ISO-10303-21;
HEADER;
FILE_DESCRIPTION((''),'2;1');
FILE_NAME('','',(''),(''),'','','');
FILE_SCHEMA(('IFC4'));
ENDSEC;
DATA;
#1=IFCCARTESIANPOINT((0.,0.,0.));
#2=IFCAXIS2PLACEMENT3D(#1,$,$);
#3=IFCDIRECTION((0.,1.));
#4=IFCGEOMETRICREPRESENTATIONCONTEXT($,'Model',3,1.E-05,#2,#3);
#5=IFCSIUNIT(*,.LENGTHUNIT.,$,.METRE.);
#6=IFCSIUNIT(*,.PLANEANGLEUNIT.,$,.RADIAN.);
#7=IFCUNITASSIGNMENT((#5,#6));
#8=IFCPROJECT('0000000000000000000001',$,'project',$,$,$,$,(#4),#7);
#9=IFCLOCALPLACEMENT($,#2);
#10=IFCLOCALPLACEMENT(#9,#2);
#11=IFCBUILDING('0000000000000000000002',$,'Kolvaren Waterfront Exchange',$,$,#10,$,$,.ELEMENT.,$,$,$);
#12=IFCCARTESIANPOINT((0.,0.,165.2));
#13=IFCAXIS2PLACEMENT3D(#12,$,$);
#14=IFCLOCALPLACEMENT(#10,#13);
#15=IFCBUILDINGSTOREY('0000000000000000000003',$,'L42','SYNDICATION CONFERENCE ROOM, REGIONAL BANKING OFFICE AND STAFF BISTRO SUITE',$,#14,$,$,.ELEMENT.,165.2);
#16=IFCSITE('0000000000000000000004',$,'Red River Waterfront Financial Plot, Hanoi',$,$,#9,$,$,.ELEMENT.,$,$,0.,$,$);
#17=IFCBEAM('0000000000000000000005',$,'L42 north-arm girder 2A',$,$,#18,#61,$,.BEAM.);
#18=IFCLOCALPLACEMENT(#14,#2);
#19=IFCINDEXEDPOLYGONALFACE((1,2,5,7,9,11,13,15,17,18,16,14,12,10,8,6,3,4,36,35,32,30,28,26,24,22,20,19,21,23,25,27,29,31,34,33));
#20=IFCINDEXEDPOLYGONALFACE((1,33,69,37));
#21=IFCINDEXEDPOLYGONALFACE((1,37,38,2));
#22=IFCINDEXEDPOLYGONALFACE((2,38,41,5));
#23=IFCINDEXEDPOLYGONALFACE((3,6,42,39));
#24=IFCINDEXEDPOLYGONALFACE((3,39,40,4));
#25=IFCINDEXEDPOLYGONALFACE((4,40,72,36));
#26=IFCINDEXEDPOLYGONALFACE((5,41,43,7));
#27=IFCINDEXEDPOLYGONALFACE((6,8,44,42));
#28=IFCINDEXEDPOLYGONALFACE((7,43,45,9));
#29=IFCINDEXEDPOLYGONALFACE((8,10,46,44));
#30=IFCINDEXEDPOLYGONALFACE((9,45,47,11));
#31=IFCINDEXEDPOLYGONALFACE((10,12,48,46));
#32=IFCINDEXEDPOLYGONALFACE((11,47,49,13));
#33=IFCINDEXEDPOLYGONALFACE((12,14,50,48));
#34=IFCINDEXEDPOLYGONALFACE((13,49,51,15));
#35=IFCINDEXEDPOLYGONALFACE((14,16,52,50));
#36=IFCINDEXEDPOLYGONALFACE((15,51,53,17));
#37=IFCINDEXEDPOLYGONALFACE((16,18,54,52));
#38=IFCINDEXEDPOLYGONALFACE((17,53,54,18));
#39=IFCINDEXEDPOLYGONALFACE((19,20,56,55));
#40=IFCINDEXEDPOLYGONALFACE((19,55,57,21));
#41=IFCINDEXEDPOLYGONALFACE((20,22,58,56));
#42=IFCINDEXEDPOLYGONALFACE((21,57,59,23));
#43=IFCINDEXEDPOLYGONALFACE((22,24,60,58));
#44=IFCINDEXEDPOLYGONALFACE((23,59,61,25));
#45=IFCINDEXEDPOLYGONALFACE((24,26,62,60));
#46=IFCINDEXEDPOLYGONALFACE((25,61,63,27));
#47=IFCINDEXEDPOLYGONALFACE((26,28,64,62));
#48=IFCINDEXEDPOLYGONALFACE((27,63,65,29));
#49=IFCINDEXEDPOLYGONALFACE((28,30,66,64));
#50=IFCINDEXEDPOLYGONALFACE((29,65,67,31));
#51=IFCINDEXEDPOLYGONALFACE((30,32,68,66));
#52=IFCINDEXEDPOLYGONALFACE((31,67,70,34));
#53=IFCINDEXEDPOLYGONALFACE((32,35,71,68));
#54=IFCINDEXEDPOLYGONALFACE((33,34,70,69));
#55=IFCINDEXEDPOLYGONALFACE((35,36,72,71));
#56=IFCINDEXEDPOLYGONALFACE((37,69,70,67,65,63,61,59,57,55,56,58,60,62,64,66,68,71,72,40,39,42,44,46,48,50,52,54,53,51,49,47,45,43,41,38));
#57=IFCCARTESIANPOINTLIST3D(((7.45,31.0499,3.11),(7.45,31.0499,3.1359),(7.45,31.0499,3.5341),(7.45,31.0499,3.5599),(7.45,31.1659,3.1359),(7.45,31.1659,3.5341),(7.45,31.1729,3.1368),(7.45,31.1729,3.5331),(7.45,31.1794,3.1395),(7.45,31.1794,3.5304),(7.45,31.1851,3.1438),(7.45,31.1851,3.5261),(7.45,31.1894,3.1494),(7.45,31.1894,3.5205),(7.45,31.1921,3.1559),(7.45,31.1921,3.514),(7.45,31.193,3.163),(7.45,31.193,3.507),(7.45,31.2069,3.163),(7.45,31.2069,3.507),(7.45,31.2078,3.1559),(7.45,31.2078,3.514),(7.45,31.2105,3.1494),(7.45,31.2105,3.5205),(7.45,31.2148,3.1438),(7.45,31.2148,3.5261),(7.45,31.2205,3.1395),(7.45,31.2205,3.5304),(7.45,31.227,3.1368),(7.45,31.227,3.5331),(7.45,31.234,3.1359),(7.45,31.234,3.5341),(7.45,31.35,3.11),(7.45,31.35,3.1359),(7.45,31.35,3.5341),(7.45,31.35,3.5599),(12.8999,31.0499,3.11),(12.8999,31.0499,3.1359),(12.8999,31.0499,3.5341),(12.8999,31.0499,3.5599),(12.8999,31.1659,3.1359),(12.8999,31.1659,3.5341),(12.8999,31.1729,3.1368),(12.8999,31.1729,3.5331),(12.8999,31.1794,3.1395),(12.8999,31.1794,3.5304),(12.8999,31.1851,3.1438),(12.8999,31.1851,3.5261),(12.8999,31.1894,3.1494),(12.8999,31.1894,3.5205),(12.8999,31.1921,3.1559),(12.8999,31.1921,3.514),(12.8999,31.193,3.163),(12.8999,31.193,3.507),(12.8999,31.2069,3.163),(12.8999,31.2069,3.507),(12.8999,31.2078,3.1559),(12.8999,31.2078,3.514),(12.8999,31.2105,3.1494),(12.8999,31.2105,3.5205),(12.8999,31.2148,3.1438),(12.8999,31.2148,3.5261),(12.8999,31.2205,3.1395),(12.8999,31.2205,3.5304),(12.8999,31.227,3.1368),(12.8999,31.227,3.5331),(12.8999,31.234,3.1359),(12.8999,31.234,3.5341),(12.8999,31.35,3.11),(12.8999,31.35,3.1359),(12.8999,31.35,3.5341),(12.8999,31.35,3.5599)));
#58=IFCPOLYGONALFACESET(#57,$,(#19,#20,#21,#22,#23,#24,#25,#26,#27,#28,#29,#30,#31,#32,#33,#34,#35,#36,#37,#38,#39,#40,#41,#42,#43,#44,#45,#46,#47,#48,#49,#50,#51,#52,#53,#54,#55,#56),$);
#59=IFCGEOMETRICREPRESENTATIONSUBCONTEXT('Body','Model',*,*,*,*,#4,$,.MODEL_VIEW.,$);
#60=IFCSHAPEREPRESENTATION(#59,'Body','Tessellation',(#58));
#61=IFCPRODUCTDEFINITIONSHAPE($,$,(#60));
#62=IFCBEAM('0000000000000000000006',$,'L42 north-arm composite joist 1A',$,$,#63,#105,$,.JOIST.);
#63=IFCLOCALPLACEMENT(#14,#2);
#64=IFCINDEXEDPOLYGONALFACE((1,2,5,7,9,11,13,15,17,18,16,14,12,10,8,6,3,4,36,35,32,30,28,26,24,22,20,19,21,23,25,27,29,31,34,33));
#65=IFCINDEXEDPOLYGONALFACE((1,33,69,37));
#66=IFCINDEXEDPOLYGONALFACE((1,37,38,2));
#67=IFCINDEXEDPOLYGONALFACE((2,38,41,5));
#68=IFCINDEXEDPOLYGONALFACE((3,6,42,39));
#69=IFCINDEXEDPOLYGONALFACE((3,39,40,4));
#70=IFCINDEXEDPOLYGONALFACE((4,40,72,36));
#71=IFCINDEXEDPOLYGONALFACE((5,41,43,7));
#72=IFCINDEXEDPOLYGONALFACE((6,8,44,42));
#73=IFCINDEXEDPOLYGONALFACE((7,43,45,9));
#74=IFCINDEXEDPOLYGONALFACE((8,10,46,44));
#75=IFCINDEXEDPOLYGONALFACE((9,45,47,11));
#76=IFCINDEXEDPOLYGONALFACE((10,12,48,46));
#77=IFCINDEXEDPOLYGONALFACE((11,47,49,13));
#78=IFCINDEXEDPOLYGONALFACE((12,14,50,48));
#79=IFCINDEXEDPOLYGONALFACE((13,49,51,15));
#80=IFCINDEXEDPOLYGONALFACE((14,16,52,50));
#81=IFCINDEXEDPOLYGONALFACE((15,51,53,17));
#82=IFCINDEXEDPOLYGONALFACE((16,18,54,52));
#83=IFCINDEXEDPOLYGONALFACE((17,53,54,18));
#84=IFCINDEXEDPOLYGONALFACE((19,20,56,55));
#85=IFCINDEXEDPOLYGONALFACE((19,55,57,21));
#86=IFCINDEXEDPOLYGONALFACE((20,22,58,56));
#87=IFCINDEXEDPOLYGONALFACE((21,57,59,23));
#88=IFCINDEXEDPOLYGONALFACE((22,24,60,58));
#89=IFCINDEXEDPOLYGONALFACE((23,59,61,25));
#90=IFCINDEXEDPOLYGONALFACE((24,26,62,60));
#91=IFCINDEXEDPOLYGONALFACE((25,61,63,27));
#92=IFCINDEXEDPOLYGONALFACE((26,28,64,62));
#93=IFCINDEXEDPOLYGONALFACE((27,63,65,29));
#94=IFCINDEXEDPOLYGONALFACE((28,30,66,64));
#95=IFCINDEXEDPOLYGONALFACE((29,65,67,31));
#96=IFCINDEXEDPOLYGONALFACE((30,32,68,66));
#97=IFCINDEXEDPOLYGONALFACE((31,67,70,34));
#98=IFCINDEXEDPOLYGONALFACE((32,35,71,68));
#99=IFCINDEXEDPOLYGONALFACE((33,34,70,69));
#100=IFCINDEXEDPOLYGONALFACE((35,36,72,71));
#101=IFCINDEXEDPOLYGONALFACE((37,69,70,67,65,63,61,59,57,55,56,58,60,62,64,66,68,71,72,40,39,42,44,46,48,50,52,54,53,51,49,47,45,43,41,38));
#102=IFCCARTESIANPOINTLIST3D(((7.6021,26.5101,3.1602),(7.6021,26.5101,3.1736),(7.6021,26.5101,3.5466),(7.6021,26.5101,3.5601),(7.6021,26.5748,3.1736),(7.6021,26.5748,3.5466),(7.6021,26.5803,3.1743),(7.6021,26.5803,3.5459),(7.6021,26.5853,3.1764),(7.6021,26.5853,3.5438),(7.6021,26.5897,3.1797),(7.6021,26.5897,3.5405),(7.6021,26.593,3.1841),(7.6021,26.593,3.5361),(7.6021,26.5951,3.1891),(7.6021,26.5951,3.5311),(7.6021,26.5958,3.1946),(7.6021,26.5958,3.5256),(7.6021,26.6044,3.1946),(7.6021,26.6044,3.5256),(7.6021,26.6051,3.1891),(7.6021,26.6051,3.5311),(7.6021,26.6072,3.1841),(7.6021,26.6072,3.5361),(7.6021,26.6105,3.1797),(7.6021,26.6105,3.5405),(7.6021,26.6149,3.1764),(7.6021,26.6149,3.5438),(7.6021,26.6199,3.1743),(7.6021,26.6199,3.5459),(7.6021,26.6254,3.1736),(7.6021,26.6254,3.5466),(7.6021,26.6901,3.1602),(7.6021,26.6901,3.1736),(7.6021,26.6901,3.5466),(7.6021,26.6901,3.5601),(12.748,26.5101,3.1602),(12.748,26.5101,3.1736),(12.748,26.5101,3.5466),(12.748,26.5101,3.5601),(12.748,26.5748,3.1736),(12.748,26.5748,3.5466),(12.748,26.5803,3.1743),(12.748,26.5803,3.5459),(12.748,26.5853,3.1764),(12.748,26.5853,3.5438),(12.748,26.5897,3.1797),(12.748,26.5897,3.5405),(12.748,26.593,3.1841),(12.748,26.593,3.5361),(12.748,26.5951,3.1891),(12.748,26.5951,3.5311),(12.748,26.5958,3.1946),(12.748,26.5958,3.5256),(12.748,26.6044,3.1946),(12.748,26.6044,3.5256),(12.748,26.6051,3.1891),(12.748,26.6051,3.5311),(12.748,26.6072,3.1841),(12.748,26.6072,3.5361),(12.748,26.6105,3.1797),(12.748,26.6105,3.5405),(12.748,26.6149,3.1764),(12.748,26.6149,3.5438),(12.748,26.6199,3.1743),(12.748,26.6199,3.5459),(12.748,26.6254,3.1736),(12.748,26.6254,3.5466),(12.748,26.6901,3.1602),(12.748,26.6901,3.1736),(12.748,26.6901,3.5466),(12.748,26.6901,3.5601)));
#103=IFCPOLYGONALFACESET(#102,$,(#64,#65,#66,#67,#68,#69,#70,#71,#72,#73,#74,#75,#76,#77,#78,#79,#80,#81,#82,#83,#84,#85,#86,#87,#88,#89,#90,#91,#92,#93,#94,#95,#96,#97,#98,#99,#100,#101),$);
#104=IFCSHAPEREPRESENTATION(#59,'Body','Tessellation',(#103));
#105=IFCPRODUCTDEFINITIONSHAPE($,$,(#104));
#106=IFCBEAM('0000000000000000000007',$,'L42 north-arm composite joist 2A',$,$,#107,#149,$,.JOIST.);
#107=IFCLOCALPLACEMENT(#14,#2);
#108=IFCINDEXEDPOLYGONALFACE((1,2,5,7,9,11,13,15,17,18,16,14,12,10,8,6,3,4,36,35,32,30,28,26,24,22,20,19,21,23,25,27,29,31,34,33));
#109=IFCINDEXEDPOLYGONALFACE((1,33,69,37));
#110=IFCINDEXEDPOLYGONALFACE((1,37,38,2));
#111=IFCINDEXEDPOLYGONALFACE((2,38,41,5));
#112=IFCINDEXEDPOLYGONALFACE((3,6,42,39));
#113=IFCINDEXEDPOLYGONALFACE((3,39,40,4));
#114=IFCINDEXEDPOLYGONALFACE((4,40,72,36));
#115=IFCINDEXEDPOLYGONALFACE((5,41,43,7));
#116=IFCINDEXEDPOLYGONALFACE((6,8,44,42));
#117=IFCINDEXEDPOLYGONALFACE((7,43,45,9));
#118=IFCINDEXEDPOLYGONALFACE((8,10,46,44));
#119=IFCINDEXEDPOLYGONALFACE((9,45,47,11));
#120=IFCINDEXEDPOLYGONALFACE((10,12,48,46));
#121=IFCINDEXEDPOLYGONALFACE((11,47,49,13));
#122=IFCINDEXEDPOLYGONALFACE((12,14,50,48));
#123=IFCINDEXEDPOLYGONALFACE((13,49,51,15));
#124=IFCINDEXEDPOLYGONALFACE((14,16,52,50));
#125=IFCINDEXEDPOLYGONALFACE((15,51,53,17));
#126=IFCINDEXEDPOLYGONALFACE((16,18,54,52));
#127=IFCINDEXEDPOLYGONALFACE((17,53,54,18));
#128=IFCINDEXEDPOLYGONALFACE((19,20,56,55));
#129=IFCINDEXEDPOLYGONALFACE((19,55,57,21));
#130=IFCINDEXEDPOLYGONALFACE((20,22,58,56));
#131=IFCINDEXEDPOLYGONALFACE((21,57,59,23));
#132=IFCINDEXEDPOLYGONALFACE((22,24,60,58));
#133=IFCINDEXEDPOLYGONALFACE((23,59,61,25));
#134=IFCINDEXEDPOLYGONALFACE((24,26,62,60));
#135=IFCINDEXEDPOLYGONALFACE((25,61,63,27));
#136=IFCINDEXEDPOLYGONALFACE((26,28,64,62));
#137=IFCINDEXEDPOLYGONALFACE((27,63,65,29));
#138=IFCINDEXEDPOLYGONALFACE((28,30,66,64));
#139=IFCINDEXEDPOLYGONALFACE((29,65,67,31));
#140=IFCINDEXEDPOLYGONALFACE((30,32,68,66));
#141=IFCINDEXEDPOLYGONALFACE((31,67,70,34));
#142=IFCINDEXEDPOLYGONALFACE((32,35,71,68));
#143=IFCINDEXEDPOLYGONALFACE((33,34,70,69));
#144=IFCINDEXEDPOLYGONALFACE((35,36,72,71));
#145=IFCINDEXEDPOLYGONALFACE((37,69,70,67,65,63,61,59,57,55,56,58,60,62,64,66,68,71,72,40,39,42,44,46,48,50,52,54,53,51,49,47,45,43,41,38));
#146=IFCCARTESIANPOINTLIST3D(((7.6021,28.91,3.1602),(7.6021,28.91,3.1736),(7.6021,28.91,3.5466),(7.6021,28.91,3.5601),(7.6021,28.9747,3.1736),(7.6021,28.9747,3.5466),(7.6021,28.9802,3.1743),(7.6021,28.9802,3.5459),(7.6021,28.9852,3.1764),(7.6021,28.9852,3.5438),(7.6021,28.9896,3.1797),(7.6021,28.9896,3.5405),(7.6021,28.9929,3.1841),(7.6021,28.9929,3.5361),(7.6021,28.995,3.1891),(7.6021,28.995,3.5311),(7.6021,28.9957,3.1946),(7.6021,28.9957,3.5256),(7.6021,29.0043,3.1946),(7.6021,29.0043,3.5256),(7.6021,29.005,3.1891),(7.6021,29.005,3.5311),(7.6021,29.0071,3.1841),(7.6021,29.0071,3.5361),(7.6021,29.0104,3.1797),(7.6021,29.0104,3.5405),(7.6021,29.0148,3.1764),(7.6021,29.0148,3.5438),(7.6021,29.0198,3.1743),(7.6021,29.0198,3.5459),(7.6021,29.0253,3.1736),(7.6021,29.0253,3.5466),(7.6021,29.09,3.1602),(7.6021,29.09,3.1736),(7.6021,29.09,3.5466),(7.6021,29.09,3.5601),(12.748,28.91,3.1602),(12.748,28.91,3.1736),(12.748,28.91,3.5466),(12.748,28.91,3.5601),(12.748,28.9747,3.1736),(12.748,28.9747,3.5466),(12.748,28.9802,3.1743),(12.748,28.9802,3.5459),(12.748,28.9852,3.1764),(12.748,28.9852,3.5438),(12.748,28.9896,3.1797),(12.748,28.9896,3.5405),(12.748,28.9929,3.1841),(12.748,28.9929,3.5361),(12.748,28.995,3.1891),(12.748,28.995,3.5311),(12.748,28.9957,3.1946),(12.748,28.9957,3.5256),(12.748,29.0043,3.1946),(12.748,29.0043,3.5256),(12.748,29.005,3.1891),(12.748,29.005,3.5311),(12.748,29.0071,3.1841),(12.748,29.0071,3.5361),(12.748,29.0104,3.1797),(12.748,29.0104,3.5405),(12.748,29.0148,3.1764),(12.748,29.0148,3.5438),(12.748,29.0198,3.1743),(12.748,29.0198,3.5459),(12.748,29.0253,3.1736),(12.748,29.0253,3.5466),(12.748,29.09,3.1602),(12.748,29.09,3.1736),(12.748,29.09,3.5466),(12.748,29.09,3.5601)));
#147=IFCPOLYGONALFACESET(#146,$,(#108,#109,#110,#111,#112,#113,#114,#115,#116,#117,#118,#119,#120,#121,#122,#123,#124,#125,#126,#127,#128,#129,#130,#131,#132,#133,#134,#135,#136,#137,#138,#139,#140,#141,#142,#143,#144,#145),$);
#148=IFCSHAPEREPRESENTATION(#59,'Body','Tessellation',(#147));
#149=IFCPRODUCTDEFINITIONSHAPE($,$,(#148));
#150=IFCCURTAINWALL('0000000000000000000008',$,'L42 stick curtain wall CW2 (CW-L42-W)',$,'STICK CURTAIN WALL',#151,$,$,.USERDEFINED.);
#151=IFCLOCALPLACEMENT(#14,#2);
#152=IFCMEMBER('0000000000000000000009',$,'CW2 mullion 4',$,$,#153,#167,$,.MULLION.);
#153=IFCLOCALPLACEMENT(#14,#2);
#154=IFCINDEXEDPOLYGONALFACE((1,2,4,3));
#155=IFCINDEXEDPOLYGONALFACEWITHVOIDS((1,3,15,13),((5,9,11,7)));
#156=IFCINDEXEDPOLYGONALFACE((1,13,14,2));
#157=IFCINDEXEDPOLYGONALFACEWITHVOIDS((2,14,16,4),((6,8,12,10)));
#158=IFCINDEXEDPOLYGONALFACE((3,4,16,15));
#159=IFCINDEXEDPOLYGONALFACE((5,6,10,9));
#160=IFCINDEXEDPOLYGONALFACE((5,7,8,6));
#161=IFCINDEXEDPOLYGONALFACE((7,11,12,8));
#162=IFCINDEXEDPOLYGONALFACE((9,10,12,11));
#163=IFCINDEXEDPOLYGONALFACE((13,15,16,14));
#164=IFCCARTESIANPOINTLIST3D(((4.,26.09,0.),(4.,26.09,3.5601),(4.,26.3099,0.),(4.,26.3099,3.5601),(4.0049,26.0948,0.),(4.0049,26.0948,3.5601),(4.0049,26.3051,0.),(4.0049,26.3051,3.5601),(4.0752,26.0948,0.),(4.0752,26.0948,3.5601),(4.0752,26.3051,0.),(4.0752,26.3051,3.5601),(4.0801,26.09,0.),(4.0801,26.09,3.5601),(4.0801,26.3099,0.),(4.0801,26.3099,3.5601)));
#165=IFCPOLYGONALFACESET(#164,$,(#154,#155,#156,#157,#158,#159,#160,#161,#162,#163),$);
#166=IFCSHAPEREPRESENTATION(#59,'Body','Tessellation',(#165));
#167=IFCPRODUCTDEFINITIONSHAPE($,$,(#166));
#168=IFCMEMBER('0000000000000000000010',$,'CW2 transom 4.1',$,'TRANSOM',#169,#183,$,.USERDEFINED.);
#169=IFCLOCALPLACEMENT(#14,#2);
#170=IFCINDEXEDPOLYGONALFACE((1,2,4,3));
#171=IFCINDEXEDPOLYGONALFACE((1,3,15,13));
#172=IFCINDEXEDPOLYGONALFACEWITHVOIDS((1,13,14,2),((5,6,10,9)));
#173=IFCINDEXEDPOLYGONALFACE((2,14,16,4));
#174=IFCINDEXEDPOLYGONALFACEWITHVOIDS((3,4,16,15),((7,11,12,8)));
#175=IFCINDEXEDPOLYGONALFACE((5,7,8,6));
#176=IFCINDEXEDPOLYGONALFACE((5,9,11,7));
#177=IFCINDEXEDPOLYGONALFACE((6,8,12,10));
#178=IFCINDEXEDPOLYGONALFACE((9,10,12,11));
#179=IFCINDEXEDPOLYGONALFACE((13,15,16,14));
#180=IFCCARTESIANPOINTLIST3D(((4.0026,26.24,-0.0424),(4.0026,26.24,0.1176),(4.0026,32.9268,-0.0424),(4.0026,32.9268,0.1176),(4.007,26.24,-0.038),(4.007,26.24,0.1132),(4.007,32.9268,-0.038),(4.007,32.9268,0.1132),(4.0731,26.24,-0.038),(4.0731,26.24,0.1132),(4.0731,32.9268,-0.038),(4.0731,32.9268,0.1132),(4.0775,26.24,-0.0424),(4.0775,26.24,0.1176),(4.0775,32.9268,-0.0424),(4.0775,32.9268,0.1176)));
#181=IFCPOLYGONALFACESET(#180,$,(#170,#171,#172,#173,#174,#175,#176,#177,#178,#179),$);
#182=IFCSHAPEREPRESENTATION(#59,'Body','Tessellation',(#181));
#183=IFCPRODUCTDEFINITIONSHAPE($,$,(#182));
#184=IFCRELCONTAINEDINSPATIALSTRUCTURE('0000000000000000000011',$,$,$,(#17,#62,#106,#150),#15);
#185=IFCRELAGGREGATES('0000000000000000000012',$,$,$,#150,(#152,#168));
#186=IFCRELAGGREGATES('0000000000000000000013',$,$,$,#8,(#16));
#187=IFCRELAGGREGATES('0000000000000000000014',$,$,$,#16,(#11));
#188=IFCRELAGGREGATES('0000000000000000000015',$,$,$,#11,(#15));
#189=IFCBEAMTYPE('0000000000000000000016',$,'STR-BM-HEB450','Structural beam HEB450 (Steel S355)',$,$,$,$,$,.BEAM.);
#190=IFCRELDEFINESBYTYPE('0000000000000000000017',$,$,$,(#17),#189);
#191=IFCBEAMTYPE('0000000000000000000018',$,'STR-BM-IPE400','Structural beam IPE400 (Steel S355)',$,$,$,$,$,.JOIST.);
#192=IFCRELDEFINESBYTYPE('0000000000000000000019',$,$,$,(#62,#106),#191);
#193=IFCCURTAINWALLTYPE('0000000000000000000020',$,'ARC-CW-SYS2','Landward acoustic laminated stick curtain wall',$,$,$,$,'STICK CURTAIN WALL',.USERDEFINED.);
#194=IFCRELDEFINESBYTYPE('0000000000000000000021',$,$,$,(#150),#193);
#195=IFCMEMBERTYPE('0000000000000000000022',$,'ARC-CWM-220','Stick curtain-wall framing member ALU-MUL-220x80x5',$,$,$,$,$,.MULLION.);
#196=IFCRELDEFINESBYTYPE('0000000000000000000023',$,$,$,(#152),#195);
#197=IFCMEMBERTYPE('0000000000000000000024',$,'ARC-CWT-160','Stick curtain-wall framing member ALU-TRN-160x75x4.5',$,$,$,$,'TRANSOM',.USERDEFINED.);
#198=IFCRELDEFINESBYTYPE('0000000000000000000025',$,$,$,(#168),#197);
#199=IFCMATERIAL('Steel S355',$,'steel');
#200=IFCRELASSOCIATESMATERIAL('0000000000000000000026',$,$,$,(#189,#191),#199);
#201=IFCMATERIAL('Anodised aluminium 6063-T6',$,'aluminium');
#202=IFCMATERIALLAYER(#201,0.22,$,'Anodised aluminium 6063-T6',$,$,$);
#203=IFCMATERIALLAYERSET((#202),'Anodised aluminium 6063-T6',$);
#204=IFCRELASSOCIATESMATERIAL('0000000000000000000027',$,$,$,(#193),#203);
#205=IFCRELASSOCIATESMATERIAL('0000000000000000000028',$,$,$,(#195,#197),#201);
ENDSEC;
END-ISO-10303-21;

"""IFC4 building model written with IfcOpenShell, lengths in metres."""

from ifc_helpers import new_model, si_unit, direction, frame, origin, origin_with_axes, origin_2d, place, context, subcontext, project, spatial, hollow_rectangle, i_section, extrude, source, transform, mapped, material, layer, layer_set, material_profile, profile_set, type_object, element, aggregate, save


model = new_model("IFC4")

# Units and contexts
model_context = context("Model", 3, precision=1e-05, world=origin(), true_north=direction((0.0, 1.0)))
body_context = subcontext(model_context, "Body", "Model", "MODEL_VIEW")
ifc_project = project(units=[si_unit("LENGTHUNIT", "METRE"), si_unit("PLANEANGLEUNIT", "RADIAN")], contexts=[model_context])

# Site, building, storey
site_placement = place(None, origin())
site = spatial("IfcSite", under=ifc_project, at=site_placement, Name="Red River Waterfront Financial Plot, Hanoi", CompositionType="ELEMENT", RefElevation=0.0)
building_placement = place(site_placement, origin())
building = spatial("IfcBuilding", under=site, at=building_placement, Name="Kolvaren Waterfront Exchange", CompositionType="ELEMENT")
storey_placement = place(building_placement, frame((0.0, 0.0, 165.2)))
storey = spatial("IfcBuildingStorey", under=building, at=storey_placement, Name="L42", Description="SYNDICATION CONFERENCE ROOM, REGIONAL BANKING OFFICE AND STAFF BISTRO SUITE", CompositionType="ELEMENT", Elevation=165.2)

# Beams
ifc_material_1 = material(Name="Steel S355", Category="steel")
ifc_material_profile_1 = material_profile(ifc_material_1, i_section(OverallWidth=0.3, OverallDepth=0.45, WebThickness=0.0139, FlangeThickness=0.0259, FilletRadius=0.0271, at=origin_2d()), Name="HEB450")
ifc_profile_set_1 = profile_set([ifc_material_profile_1], Name="Steel S355")
beam_type_1 = type_object("IfcBeamType", Name="STR-BM-HEB450", Description="Structural beam HEB450 (Steel S355)", PredefinedType="BEAM", material=ifc_profile_set_1)
for number, where, z_axis, x_axis, name in (
    (1, (7.45, 31.2, 3.335), (1.0, 0.0, 0.0), (0.0, 1.0, 0.0), "L42 north-arm girder 2A"),
):
    element("IfcBeam", number, at=place(storey_placement, frame(where, z_axis=z_axis, x_axis=x_axis)), inside=storey, type_object=beam_type_1, Name=name, PredefinedType="BEAM", context=body_context, shape_type="SweptSolid", body=[
        extrude(i_section(OverallWidth=0.3, OverallDepth=0.45, WebThickness=0.0139, FlangeThickness=0.0259, FilletRadius=0.0271, at=origin_2d()), origin(), (0.0, 0.0, 1.0), 5.45),
    ])
ifc_material_profile_2 = material_profile(ifc_material_1, i_section(OverallWidth=0.1799, OverallDepth=0.3999, WebThickness=0.0085, FlangeThickness=0.0134, FilletRadius=0.021, at=origin_2d()), Name="IPE400")
ifc_profile_set_2 = profile_set([ifc_material_profile_2], Name="Steel S355")
beam_type_2 = type_object("IfcBeamType", Name="STR-BM-IPE400", Description="Structural beam IPE400 (Steel S355)", PredefinedType="JOIST", material=ifc_profile_set_2)
for number, where, z_axis, x_axis, name in (
    (2, (7.6021, 26.6001, 3.3601), (1.0, 0.0, 0.0), (0.0, 1.0, 0.0), "L42 north-arm composite joist 1A"),
    (3, (7.6021, 29.0, 3.3601), (1.0, 0.0, 0.0), (0.0, 1.0, 0.0), "L42 north-arm composite joist 2A"),
):
    element("IfcBeam", number, at=place(storey_placement, frame(where, z_axis=z_axis, x_axis=x_axis)), inside=storey, type_object=beam_type_2, Name=name, PredefinedType="JOIST", context=body_context, shape_type="SweptSolid", body=[
        extrude(i_section(OverallWidth=0.1799, OverallDepth=0.3999, WebThickness=0.0085, FlangeThickness=0.0134, FilletRadius=0.021, at=origin_2d()), origin(), (0.0, 0.0, 1.0), 5.146),
    ])

# Curtain wall, members
ifc_material_2 = material(Name="Anodised aluminium 6063-T6", Category="aluminium")
ifc_layer_1 = layer(ifc_material_2, 0.22, Name="Anodised aluminium 6063-T6")
ifc_layer_set_1 = layer_set([ifc_layer_1], Name="Anodised aluminium 6063-T6")
curtain_wall_type = type_object("IfcCurtainWallType", Name="ARC-CW-SYS2", Description="Landward acoustic laminated stick curtain wall", ElementType="STICK CURTAIN WALL", PredefinedType="USERDEFINED", material=ifc_layer_set_1)
curtain_wall_placement = place(storey_placement, origin())
curtain_wall = element("IfcCurtainWall", 4, at=curtain_wall_placement, inside=storey, type_object=curtain_wall_type, Name="L42 stick curtain wall CW2 (CW-L42-W)", ObjectType="STICK CURTAIN WALL", PredefinedType="USERDEFINED")
ifc_material_profile_3 = material_profile(ifc_material_2, hollow_rectangle(XDim=0.0801, YDim=0.22, WallThickness=0.0049, at=origin_2d()), Name="ALU-MUL-220x80x5")
ifc_profile_set_3 = profile_set([ifc_material_profile_3], Name="Anodised aluminium 6063-T6")
member_type_1 = type_object("IfcMemberType", Name="ARC-CWM-220", Description="Stick curtain-wall framing member ALU-MUL-220x80x5", PredefinedType="MULLION", material=ifc_profile_set_3)
shared_shape_1 = source(origin_with_axes(), body_context, "Body", "SweptSolid", [
    extrude(hollow_rectangle(XDim=0.0801, YDim=0.22, WallThickness=0.0049, at=origin_2d()), origin(), (0.0, 0.0, 1.0), 3.5601),
])
member_1_placement = place(storey_placement, frame((4.04, 26.2, 0.0), z_axis=(0.0, 0.0, 1.0), x_axis=(-1.0, 0.0, 0.0)))
member_1 = element("IfcMember", 5, at=member_1_placement, type_object=member_type_1, Name="CW2 mullion 4", PredefinedType="MULLION", context=body_context, shape_type="MappedRepresentation", body=[
    mapped(shared_shape_1, transform((0.0, 0.0, 0.0), x_axis=(1.0, 0.0, 0.0), y_axis=(0.0, 1.0, 0.0), z_axis=(0.0, 0.0, 1.0), scale=1.0)),
])
ifc_material_profile_4 = material_profile(ifc_material_2, hollow_rectangle(XDim=0.075, YDim=0.1599, WallThickness=0.0044, at=origin_2d()), Name="ALU-TRN-160x75x4.5")
ifc_profile_set_4 = profile_set([ifc_material_profile_4], Name="Anodised aluminium 6063-T6")
member_type_2 = type_object("IfcMemberType", Name="ARC-CWT-160", Description="Stick curtain-wall framing member ALU-TRN-160x75x4.5", ElementType="TRANSOM", PredefinedType="USERDEFINED", material=ifc_profile_set_4)
shared_shape_2 = source(origin_with_axes(), body_context, "Body", "SweptSolid", [
    extrude(hollow_rectangle(XDim=0.075, YDim=0.1599, WallThickness=0.0044, at=origin_2d()), origin(), (0.0, 0.0, 1.0), 6.6868),
])
member_2_placement = place(storey_placement, frame((4.04, 26.24, 0.0376), z_axis=(0.0, 1.0, 0.0), x_axis=(-1.0, 0.0, 0.0)))
member_2 = element("IfcMember", 6, at=member_2_placement, type_object=member_type_2, Name="CW2 transom 4.1", ObjectType="TRANSOM", PredefinedType="USERDEFINED", context=body_context, shape_type="MappedRepresentation", body=[
    mapped(shared_shape_2, transform((0.0, 0.0, 0.0), x_axis=(1.0, 0.0, 0.0), y_axis=(0.0, 1.0, 0.0), z_axis=(0.0, 0.0, 1.0), scale=1.0)),
])
aggregate(curtain_wall, [member_1, member_2])

save(model, "model.ifc")
